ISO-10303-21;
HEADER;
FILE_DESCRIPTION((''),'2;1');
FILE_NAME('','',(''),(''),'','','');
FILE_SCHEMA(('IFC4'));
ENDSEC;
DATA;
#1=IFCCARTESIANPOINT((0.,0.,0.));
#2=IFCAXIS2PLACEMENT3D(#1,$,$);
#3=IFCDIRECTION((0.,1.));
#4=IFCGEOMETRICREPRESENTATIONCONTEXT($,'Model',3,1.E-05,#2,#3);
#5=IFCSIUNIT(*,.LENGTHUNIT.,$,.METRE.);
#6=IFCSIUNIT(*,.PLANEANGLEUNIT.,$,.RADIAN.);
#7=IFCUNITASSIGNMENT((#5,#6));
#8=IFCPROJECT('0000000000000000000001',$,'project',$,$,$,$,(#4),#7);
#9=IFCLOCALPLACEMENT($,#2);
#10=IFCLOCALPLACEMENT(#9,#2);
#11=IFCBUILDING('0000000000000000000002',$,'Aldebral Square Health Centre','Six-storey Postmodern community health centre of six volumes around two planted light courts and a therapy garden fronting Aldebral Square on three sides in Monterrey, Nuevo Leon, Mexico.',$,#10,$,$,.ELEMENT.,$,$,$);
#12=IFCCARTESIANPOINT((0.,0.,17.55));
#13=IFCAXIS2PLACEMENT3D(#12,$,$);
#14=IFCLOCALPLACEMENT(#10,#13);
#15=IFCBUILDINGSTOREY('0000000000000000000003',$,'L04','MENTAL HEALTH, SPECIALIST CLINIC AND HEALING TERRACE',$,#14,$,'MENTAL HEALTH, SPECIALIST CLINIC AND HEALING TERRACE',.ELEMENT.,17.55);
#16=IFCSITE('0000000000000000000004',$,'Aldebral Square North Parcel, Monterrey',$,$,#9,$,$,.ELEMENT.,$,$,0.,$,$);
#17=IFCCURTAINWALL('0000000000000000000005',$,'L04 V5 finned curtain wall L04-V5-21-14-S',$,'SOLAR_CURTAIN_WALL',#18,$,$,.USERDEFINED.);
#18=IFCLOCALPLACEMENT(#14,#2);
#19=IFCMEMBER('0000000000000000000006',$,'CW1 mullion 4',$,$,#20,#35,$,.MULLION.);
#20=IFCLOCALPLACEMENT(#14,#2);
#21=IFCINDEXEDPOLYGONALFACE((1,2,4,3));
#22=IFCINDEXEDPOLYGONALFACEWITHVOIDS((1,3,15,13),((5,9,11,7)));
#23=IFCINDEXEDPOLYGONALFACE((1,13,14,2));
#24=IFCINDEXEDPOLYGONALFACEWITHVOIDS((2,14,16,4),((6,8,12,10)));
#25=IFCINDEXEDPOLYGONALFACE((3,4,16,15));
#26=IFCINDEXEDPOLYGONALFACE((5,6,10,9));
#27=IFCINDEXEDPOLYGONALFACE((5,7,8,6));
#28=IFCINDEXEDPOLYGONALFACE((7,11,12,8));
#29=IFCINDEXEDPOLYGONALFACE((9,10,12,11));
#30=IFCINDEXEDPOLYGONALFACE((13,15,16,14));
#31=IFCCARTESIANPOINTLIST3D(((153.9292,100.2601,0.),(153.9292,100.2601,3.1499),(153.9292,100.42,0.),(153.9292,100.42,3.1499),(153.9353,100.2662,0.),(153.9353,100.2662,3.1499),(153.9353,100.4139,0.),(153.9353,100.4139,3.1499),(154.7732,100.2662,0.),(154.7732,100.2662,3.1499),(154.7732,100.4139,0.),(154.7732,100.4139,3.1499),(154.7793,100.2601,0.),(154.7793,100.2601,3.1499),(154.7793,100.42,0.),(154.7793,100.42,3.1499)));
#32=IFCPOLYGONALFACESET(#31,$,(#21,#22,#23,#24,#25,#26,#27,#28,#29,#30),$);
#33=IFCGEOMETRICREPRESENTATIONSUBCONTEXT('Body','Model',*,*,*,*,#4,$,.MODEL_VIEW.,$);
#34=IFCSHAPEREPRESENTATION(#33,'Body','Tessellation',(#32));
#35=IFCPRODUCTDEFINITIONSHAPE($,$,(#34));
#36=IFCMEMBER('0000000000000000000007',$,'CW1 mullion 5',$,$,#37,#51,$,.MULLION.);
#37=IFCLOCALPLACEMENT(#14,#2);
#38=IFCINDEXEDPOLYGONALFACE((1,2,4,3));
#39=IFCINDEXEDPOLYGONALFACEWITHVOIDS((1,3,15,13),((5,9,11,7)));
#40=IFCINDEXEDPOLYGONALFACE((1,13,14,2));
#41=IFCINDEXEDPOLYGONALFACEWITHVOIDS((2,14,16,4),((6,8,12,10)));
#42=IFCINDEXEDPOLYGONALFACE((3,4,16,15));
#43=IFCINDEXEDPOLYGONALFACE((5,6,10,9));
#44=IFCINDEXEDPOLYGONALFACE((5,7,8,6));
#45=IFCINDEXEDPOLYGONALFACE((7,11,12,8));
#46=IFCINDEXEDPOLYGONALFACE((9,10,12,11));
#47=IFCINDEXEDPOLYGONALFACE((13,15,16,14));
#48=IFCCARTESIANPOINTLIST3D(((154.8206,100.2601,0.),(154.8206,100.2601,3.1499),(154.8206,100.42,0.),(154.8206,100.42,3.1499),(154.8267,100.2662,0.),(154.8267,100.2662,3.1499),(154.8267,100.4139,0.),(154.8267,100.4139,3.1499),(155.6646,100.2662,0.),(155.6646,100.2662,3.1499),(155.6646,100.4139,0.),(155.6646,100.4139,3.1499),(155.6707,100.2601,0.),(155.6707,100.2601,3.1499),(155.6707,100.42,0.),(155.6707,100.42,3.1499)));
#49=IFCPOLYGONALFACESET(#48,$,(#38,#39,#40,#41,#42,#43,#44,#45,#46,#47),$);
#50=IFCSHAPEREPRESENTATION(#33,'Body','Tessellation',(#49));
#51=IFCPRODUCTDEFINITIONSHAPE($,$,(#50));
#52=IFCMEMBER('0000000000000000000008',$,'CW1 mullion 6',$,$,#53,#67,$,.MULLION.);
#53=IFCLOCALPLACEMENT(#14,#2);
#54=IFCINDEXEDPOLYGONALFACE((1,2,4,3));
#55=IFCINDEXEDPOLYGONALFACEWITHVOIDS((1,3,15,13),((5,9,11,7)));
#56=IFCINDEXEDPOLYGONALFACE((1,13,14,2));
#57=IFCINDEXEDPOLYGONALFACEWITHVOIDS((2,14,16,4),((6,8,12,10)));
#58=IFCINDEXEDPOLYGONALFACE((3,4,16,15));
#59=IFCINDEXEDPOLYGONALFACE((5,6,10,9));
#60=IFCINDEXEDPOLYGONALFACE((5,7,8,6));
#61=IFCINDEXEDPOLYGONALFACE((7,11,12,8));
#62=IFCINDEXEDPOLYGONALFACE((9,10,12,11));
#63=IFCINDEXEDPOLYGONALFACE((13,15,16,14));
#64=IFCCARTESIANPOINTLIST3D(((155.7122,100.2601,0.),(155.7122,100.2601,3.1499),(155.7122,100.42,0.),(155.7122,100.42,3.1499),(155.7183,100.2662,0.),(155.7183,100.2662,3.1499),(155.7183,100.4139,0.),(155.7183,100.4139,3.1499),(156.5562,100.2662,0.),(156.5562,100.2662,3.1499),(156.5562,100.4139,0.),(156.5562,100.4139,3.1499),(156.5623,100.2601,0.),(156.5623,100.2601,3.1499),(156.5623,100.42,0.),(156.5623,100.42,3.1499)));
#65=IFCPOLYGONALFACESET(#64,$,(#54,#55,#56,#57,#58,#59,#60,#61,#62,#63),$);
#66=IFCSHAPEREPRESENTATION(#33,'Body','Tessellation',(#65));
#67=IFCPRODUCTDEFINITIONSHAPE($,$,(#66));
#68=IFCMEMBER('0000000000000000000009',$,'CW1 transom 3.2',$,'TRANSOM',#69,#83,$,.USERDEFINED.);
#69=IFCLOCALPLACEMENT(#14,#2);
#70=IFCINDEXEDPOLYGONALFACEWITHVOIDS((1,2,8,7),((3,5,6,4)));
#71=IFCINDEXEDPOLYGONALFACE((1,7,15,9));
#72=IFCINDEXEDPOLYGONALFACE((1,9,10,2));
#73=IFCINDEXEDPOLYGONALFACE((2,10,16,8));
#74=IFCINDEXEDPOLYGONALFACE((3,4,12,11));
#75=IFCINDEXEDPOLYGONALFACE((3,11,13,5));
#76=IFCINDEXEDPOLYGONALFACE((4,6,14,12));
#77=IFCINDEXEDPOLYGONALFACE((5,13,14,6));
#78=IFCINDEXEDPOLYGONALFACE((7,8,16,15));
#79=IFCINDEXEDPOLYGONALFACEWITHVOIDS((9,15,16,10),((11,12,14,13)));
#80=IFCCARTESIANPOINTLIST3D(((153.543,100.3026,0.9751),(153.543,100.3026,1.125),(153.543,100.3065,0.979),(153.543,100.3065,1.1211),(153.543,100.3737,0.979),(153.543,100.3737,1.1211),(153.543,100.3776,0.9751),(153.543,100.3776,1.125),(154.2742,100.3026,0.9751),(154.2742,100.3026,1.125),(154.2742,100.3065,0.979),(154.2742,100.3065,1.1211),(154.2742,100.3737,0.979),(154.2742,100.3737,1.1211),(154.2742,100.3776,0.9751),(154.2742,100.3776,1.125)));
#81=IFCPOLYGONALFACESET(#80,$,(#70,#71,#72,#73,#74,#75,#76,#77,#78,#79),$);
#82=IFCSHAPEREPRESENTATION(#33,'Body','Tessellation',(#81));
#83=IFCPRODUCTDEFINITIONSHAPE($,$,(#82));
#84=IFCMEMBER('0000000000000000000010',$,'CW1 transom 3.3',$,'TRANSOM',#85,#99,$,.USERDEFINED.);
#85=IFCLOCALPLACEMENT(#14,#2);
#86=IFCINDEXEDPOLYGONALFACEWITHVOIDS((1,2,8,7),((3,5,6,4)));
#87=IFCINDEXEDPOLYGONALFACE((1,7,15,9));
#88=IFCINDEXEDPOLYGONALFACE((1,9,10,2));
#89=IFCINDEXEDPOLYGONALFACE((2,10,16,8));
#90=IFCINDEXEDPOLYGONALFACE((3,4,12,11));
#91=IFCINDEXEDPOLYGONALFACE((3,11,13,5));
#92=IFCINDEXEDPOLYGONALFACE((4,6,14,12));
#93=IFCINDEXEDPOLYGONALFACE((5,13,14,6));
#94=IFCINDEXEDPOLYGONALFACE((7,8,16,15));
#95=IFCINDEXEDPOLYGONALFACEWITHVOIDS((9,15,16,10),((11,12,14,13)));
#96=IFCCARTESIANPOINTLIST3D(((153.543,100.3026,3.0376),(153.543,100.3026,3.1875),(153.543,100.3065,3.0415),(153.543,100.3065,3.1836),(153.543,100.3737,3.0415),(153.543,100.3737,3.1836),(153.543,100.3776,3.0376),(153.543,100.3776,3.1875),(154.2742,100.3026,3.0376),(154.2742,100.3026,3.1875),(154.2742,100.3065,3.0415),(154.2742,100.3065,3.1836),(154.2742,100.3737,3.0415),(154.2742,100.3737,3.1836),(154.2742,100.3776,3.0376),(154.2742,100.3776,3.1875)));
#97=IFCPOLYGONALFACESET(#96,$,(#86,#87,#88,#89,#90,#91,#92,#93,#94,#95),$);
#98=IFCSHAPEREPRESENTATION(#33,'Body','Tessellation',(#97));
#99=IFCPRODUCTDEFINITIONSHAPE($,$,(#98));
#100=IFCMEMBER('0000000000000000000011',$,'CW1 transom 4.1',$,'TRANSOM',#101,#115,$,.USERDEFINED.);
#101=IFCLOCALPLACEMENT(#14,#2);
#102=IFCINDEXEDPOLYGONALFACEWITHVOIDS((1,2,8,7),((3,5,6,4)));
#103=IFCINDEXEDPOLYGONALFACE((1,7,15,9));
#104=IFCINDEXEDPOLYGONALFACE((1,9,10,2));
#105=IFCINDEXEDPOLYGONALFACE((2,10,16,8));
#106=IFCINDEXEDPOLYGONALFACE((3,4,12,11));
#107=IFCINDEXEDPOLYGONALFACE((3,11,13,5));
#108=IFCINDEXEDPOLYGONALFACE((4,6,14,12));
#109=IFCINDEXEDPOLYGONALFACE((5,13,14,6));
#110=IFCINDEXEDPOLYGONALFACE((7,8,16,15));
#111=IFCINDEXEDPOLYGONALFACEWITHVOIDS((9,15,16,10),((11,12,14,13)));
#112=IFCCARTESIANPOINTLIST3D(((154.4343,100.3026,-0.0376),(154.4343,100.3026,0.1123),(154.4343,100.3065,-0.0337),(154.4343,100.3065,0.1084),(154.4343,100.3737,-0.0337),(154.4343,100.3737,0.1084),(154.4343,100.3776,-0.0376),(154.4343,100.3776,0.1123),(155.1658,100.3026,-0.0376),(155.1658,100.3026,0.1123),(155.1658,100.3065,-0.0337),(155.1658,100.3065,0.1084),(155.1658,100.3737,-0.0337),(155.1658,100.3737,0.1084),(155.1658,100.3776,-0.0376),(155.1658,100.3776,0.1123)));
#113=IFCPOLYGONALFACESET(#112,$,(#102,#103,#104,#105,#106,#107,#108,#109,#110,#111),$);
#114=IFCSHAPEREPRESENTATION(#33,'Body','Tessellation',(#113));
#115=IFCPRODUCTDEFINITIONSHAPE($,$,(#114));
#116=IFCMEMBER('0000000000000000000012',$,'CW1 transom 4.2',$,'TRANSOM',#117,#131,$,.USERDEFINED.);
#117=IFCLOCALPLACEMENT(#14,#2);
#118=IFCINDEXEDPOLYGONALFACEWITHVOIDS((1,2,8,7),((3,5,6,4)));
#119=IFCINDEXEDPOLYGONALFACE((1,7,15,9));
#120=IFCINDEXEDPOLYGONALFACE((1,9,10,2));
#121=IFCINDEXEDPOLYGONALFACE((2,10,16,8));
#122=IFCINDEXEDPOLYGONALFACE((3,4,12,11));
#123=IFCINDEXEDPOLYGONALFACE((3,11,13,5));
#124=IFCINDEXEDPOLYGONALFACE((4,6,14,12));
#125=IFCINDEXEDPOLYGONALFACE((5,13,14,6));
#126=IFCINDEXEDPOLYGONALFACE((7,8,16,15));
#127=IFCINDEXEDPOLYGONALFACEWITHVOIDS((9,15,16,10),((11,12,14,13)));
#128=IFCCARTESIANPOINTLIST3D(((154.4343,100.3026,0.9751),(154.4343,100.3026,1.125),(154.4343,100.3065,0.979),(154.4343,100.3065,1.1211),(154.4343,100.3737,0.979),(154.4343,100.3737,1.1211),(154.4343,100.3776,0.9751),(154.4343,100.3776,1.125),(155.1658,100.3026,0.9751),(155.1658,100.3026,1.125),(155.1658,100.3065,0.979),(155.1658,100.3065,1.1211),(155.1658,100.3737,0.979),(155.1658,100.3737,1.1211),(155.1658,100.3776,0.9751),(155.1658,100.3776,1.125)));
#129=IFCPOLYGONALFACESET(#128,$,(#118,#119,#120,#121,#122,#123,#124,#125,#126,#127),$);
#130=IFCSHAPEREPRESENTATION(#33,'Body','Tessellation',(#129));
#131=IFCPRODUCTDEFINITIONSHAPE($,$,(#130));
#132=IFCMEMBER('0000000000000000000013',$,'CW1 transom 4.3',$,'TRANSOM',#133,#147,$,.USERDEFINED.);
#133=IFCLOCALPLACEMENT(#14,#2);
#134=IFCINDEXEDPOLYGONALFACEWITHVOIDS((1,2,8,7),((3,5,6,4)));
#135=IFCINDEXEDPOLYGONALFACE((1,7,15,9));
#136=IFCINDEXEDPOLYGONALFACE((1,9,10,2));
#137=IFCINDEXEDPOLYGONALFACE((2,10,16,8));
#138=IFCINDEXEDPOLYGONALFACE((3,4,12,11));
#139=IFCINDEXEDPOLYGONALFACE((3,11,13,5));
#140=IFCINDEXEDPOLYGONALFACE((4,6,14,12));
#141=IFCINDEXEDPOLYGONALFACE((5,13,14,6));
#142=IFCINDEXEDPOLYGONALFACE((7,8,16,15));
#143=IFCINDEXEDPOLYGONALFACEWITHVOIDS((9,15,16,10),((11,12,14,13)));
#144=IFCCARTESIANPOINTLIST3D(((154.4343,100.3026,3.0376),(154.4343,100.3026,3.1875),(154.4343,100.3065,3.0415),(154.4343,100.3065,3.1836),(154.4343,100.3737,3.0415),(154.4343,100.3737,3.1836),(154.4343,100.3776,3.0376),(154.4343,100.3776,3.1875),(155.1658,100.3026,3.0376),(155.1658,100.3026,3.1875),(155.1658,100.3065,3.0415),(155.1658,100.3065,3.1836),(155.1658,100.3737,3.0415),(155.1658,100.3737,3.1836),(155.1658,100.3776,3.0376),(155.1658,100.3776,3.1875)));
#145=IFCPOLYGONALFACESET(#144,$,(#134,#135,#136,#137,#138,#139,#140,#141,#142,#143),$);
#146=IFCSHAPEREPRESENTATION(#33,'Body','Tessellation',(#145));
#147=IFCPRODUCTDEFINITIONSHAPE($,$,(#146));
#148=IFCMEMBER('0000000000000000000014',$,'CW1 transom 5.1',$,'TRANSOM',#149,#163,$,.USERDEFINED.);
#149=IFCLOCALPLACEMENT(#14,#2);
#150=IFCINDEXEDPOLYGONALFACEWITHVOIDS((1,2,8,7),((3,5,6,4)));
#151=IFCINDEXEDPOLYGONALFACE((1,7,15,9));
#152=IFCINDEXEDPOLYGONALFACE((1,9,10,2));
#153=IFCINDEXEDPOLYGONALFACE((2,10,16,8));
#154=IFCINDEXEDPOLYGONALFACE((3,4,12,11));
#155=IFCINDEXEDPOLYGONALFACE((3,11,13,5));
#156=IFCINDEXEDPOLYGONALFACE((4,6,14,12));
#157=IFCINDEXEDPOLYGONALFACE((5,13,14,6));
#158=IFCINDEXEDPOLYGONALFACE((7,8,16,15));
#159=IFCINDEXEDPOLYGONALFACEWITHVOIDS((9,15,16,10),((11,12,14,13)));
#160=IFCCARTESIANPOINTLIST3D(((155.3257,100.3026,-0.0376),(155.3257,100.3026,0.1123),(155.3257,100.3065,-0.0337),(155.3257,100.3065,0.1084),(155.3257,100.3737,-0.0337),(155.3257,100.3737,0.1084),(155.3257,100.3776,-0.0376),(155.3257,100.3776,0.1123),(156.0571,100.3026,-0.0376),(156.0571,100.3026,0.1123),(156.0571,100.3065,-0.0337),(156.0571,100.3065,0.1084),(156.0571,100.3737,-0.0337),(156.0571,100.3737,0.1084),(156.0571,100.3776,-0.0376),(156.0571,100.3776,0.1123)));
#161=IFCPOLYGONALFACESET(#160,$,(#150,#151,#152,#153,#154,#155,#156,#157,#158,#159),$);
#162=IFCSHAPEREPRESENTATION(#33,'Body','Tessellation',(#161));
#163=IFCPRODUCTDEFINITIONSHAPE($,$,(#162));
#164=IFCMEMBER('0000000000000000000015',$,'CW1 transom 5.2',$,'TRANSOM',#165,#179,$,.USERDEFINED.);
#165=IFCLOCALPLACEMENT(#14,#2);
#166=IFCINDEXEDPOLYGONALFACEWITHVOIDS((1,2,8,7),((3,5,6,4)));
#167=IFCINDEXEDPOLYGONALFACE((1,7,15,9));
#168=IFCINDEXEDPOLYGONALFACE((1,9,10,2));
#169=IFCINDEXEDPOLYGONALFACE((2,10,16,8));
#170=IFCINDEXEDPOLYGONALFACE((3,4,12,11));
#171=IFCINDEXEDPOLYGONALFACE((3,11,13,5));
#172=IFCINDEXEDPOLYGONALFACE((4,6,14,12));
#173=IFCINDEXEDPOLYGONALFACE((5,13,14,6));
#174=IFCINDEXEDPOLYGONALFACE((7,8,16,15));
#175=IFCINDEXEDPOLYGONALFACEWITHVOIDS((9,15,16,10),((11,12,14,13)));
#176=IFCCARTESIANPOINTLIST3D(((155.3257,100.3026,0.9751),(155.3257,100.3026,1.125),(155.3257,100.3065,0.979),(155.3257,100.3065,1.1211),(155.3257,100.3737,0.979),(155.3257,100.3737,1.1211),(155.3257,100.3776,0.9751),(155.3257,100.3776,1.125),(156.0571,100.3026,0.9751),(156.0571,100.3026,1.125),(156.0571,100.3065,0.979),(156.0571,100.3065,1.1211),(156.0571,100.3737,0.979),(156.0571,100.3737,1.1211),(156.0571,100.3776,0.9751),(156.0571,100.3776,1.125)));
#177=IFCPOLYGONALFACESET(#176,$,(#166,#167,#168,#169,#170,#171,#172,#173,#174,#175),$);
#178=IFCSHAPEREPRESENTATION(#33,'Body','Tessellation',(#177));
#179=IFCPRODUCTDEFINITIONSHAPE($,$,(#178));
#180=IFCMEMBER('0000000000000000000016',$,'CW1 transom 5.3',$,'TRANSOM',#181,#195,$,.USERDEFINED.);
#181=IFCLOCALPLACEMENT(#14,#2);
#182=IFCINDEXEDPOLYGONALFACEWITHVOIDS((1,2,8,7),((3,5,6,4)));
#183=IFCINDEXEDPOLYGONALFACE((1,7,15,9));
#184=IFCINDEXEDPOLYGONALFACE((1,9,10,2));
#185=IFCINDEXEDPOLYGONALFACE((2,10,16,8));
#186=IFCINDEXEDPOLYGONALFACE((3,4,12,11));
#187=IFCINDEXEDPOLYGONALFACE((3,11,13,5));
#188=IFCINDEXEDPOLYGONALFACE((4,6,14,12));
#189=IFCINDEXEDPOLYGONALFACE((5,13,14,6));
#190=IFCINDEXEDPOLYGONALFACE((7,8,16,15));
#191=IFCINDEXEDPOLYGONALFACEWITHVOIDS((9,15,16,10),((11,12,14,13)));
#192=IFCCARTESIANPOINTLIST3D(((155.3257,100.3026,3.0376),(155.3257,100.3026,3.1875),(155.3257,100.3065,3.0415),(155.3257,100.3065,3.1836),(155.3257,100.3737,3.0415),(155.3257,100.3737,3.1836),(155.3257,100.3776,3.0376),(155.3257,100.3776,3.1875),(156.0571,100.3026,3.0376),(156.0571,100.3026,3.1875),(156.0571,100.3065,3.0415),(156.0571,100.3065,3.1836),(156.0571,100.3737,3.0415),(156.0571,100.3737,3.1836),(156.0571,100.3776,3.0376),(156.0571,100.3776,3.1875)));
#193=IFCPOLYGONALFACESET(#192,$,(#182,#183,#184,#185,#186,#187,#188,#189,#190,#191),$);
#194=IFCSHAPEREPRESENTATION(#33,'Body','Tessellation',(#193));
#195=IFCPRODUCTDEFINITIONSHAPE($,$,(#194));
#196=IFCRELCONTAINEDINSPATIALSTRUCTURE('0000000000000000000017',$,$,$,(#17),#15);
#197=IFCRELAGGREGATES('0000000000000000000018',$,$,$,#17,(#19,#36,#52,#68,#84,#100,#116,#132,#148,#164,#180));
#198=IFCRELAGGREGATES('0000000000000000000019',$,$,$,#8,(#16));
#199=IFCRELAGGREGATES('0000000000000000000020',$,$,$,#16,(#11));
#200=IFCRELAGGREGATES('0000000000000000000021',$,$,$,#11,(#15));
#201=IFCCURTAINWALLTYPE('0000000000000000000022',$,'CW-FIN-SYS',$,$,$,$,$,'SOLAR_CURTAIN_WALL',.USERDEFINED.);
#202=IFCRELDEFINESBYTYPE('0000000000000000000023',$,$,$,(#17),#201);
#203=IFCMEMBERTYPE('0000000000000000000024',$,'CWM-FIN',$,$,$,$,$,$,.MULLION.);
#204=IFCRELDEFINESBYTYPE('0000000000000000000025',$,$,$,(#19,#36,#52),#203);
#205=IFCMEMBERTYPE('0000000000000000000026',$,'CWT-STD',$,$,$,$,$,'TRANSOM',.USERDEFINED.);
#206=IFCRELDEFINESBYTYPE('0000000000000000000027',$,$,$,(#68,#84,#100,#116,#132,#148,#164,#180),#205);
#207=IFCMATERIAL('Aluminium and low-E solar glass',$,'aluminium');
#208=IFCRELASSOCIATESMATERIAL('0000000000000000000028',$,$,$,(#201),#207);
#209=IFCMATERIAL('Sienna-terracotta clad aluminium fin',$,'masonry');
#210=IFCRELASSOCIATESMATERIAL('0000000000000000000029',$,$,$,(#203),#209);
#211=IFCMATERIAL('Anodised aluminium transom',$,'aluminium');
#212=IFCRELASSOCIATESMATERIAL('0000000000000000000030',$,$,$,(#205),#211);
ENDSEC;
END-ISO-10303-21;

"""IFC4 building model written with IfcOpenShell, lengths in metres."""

from ifc_helpers import new_model, si_unit, direction, frame, origin, origin_2d, place, context, subcontext, project, spatial, hollow_rectangle, extrude, material, material_profile, profile_set, type_object, element, aggregate, save


model = new_model("IFC4")

# Units and contexts
model_context = context("Model", 3, precision=1e-05, world=origin(), true_north=direction((0.0, 1.0)))
body_context = subcontext(model_context, "Body", "Model", "MODEL_VIEW")
ifc_project = project(units=[si_unit("LENGTHUNIT", "METRE"), si_unit("PLANEANGLEUNIT", "RADIAN")], contexts=[model_context])

# Site, building, storey
site_placement = place(None, origin())
site = spatial("IfcSite", under=ifc_project, at=site_placement, Name="Aldebral Square North Parcel, Monterrey", CompositionType="ELEMENT", RefElevation=0.0)
building_placement = place(site_placement, origin())
building = spatial("IfcBuilding", under=site, at=building_placement, Name="Aldebral Square Health Centre", Description="Six-storey Postmodern community health centre of six volumes around two planted light courts and a therapy garden fronting Aldebral Square on three sides in Monterrey, Nuevo Leon, Mexico.", CompositionType="ELEMENT")
storey_placement = place(building_placement, frame((0.0, 0.0, 17.55)))
storey = spatial("IfcBuildingStorey", under=building, at=storey_placement, Name="L04", Description="MENTAL HEALTH, SPECIALIST CLINIC AND HEALING TERRACE", LongName="MENTAL HEALTH, SPECIALIST CLINIC AND HEALING TERRACE", CompositionType="ELEMENT", Elevation=17.55)

# Curtain wall, members
ifc_material_1 = material(Name="Aluminium and low-E solar glass", Category="aluminium")
curtain_wall_type = type_object("IfcCurtainWallType", Name="CW-FIN-SYS", ElementType="SOLAR_CURTAIN_WALL", PredefinedType="USERDEFINED", material=ifc_material_1)
curtain_wall_placement = place(storey_placement, origin())
curtain_wall = element("IfcCurtainWall", 1, at=curtain_wall_placement, inside=storey, type_object=curtain_wall_type, Name="L04 V5 finned curtain wall L04-V5-21-14-S", ObjectType="SOLAR_CURTAIN_WALL", PredefinedType="USERDEFINED")
ifc_material_2 = material(Name="Sienna-terracotta clad aluminium fin", Category="masonry")
ifc_material_profile_1 = material_profile(ifc_material_2, hollow_rectangle(XDim=0.1599, YDim=0.8501, WallThickness=0.0061, at=origin_2d()), Name="FIN 160x850x6")
ifc_profile_set_1 = profile_set([ifc_material_profile_1], Name="Sienna-terracotta clad aluminium fin")
member_type_1 = type_object("IfcMemberType", Name="CWM-FIN", PredefinedType="MULLION", material=ifc_profile_set_1)
member_1_placement = place(storey_placement, frame((154.3542, 100.3401, 0.0), z_axis=(0.0, 0.0, 1.0), x_axis=(0.0, 1.0, 0.0)))
member_1 = element("IfcMember", 2, at=member_1_placement, type_object=member_type_1, Name="CW1 mullion 4", PredefinedType="MULLION", context=body_context, shape_type="SweptSolid", body=[
    extrude(hollow_rectangle(XDim=0.1599, YDim=0.8501, WallThickness=0.0061, at=origin_2d()), origin(), (0.0, 0.0, 1.0), 3.1499),
])
member_2_placement = place(storey_placement, frame((155.2456, 100.3401, 0.0), z_axis=(0.0, 0.0, 1.0), x_axis=(0.0, 1.0, 0.0)))
member_2 = element("IfcMember", 3, at=member_2_placement, type_object=member_type_1, Name="CW1 mullion 5", PredefinedType="MULLION", context=body_context, shape_type="SweptSolid", body=[
    extrude(hollow_rectangle(XDim=0.1599, YDim=0.8501, WallThickness=0.0061, at=origin_2d()), origin(), (0.0, 0.0, 1.0), 3.1499),
])
member_3_placement = place(storey_placement, frame((156.1372, 100.3401, 0.0), z_axis=(0.0, 0.0, 1.0), x_axis=(0.0, 1.0, 0.0)))
member_3 = element("IfcMember", 4, at=member_3_placement, type_object=member_type_1, Name="CW1 mullion 6", PredefinedType="MULLION", context=body_context, shape_type="SweptSolid", body=[
    extrude(hollow_rectangle(XDim=0.1599, YDim=0.8501, WallThickness=0.0061, at=origin_2d()), origin(), (0.0, 0.0, 1.0), 3.1499),
])
ifc_material_3 = material(Name="Anodised aluminium transom", Category="aluminium")
ifc_material_profile_2 = material_profile(ifc_material_3, hollow_rectangle(XDim=0.075, YDim=0.1499, WallThickness=0.0039, at=origin_2d()), Name="CWT 75x150x4")
ifc_profile_set_2 = profile_set([ifc_material_profile_2], Name="Anodised aluminium transom")
member_type_2 = type_object("IfcMemberType", Name="CWT-STD", ElementType="TRANSOM", PredefinedType="USERDEFINED", material=ifc_profile_set_2)
member_4_placement = place(storey_placement, frame((153.543, 100.3401, 1.05), z_axis=(1.0, 0.0, 0.0), x_axis=(0.0, 1.0, 0.0)))
member_4 = element("IfcMember", 5, at=member_4_placement, type_object=member_type_2, Name="CW1 transom 3.2", ObjectType="TRANSOM", PredefinedType="USERDEFINED", context=body_context, shape_type="SweptSolid", body=[
    extrude(hollow_rectangle(XDim=0.075, YDim=0.1499, WallThickness=0.0039, at=origin_2d()), origin(), (0.0, 0.0, 1.0), 0.7312),
])
member_5_placement = place(storey_placement, frame((153.543, 100.3401, 3.1125), z_axis=(1.0, 0.0, 0.0), x_axis=(0.0, 1.0, 0.0)))
member_5 = element("IfcMember", 6, at=member_5_placement, type_object=member_type_2, Name="CW1 transom 3.3", ObjectType="TRANSOM", PredefinedType="USERDEFINED", context=body_context, shape_type="SweptSolid", body=[
    extrude(hollow_rectangle(XDim=0.075, YDim=0.1499, WallThickness=0.0039, at=origin_2d()), origin(), (0.0, 0.0, 1.0), 0.7312),
])
member_6_placement = place(storey_placement, frame((154.4343, 100.3401, 0.0374), z_axis=(1.0, 0.0, 0.0), x_axis=(0.0, 1.0, 0.0)))
member_6 = element("IfcMember", 7, at=member_6_placement, type_object=member_type_2, Name="CW1 transom 4.1", ObjectType="TRANSOM", PredefinedType="USERDEFINED", context=body_context, shape_type="SweptSolid", body=[
    extrude(hollow_rectangle(XDim=0.075, YDim=0.1499, WallThickness=0.0039, at=origin_2d()), origin(), (0.0, 0.0, 1.0), 0.7314),
])
member_7_placement = place(storey_placement, frame((154.4343, 100.3401, 1.05), z_axis=(1.0, 0.0, 0.0), x_axis=(0.0, 1.0, 0.0)))
member_7 = element("IfcMember", 8, at=member_7_placement, type_object=member_type_2, Name="CW1 transom 4.2", ObjectType="TRANSOM", PredefinedType="USERDEFINED", context=body_context, shape_type="SweptSolid", body=[
    extrude(hollow_rectangle(XDim=0.075, YDim=0.1499, WallThickness=0.0039, at=origin_2d()), origin(), (0.0, 0.0, 1.0), 0.7314),
])
member_8_placement = place(storey_placement, frame((154.4343, 100.3401, 3.1125), z_axis=(1.0, 0.0, 0.0), x_axis=(0.0, 1.0, 0.0)))
member_8 = element("IfcMember", 9, at=member_8_placement, type_object=member_type_2, Name="CW1 transom 4.3", ObjectType="TRANSOM", PredefinedType="USERDEFINED", context=body_context, shape_type="SweptSolid", body=[
    extrude(hollow_rectangle(XDim=0.075, YDim=0.1499, WallThickness=0.0039, at=origin_2d()), origin(), (0.0, 0.0, 1.0), 0.7314),
])
member_9_placement = place(storey_placement, frame((155.3257, 100.3401, 0.0374), z_axis=(1.0, 0.0, 0.0), x_axis=(0.0, 1.0, 0.0)))
member_9 = element("IfcMember", 10, at=member_9_placement, type_object=member_type_2, Name="CW1 transom 5.1", ObjectType="TRANSOM", PredefinedType="USERDEFINED", context=body_context, shape_type="SweptSolid", body=[
    extrude(hollow_rectangle(XDim=0.075, YDim=0.1499, WallThickness=0.0039, at=origin_2d()), origin(), (0.0, 0.0, 1.0), 0.7314),
])
member_10_placement = place(storey_placement, frame((155.3257, 100.3401, 1.05), z_axis=(1.0, 0.0, 0.0), x_axis=(0.0, 1.0, 0.0)))
member_10 = element("IfcMember", 11, at=member_10_placement, type_object=member_type_2, Name="CW1 transom 5.2", ObjectType="TRANSOM", PredefinedType="USERDEFINED", context=body_context, shape_type="SweptSolid", body=[
    extrude(hollow_rectangle(XDim=0.075, YDim=0.1499, WallThickness=0.0039, at=origin_2d()), origin(), (0.0, 0.0, 1.0), 0.7314),
])
member_11_placement = place(storey_placement, frame((155.3257, 100.3401, 3.1125), z_axis=(1.0, 0.0, 0.0), x_axis=(0.0, 1.0, 0.0)))
member_11 = element("IfcMember", 12, at=member_11_placement, type_object=member_type_2, Name="CW1 transom 5.3", ObjectType="TRANSOM", PredefinedType="USERDEFINED", context=body_context, shape_type="SweptSolid", body=[
    extrude(hollow_rectangle(XDim=0.075, YDim=0.1499, WallThickness=0.0039, at=origin_2d()), origin(), (0.0, 0.0, 1.0), 0.7314),
])
aggregate(curtain_wall, [member_1, member_2, member_3, member_4, member_5, member_6, member_7, member_8, member_9, member_10, member_11])

save(model, "model.ifc")
